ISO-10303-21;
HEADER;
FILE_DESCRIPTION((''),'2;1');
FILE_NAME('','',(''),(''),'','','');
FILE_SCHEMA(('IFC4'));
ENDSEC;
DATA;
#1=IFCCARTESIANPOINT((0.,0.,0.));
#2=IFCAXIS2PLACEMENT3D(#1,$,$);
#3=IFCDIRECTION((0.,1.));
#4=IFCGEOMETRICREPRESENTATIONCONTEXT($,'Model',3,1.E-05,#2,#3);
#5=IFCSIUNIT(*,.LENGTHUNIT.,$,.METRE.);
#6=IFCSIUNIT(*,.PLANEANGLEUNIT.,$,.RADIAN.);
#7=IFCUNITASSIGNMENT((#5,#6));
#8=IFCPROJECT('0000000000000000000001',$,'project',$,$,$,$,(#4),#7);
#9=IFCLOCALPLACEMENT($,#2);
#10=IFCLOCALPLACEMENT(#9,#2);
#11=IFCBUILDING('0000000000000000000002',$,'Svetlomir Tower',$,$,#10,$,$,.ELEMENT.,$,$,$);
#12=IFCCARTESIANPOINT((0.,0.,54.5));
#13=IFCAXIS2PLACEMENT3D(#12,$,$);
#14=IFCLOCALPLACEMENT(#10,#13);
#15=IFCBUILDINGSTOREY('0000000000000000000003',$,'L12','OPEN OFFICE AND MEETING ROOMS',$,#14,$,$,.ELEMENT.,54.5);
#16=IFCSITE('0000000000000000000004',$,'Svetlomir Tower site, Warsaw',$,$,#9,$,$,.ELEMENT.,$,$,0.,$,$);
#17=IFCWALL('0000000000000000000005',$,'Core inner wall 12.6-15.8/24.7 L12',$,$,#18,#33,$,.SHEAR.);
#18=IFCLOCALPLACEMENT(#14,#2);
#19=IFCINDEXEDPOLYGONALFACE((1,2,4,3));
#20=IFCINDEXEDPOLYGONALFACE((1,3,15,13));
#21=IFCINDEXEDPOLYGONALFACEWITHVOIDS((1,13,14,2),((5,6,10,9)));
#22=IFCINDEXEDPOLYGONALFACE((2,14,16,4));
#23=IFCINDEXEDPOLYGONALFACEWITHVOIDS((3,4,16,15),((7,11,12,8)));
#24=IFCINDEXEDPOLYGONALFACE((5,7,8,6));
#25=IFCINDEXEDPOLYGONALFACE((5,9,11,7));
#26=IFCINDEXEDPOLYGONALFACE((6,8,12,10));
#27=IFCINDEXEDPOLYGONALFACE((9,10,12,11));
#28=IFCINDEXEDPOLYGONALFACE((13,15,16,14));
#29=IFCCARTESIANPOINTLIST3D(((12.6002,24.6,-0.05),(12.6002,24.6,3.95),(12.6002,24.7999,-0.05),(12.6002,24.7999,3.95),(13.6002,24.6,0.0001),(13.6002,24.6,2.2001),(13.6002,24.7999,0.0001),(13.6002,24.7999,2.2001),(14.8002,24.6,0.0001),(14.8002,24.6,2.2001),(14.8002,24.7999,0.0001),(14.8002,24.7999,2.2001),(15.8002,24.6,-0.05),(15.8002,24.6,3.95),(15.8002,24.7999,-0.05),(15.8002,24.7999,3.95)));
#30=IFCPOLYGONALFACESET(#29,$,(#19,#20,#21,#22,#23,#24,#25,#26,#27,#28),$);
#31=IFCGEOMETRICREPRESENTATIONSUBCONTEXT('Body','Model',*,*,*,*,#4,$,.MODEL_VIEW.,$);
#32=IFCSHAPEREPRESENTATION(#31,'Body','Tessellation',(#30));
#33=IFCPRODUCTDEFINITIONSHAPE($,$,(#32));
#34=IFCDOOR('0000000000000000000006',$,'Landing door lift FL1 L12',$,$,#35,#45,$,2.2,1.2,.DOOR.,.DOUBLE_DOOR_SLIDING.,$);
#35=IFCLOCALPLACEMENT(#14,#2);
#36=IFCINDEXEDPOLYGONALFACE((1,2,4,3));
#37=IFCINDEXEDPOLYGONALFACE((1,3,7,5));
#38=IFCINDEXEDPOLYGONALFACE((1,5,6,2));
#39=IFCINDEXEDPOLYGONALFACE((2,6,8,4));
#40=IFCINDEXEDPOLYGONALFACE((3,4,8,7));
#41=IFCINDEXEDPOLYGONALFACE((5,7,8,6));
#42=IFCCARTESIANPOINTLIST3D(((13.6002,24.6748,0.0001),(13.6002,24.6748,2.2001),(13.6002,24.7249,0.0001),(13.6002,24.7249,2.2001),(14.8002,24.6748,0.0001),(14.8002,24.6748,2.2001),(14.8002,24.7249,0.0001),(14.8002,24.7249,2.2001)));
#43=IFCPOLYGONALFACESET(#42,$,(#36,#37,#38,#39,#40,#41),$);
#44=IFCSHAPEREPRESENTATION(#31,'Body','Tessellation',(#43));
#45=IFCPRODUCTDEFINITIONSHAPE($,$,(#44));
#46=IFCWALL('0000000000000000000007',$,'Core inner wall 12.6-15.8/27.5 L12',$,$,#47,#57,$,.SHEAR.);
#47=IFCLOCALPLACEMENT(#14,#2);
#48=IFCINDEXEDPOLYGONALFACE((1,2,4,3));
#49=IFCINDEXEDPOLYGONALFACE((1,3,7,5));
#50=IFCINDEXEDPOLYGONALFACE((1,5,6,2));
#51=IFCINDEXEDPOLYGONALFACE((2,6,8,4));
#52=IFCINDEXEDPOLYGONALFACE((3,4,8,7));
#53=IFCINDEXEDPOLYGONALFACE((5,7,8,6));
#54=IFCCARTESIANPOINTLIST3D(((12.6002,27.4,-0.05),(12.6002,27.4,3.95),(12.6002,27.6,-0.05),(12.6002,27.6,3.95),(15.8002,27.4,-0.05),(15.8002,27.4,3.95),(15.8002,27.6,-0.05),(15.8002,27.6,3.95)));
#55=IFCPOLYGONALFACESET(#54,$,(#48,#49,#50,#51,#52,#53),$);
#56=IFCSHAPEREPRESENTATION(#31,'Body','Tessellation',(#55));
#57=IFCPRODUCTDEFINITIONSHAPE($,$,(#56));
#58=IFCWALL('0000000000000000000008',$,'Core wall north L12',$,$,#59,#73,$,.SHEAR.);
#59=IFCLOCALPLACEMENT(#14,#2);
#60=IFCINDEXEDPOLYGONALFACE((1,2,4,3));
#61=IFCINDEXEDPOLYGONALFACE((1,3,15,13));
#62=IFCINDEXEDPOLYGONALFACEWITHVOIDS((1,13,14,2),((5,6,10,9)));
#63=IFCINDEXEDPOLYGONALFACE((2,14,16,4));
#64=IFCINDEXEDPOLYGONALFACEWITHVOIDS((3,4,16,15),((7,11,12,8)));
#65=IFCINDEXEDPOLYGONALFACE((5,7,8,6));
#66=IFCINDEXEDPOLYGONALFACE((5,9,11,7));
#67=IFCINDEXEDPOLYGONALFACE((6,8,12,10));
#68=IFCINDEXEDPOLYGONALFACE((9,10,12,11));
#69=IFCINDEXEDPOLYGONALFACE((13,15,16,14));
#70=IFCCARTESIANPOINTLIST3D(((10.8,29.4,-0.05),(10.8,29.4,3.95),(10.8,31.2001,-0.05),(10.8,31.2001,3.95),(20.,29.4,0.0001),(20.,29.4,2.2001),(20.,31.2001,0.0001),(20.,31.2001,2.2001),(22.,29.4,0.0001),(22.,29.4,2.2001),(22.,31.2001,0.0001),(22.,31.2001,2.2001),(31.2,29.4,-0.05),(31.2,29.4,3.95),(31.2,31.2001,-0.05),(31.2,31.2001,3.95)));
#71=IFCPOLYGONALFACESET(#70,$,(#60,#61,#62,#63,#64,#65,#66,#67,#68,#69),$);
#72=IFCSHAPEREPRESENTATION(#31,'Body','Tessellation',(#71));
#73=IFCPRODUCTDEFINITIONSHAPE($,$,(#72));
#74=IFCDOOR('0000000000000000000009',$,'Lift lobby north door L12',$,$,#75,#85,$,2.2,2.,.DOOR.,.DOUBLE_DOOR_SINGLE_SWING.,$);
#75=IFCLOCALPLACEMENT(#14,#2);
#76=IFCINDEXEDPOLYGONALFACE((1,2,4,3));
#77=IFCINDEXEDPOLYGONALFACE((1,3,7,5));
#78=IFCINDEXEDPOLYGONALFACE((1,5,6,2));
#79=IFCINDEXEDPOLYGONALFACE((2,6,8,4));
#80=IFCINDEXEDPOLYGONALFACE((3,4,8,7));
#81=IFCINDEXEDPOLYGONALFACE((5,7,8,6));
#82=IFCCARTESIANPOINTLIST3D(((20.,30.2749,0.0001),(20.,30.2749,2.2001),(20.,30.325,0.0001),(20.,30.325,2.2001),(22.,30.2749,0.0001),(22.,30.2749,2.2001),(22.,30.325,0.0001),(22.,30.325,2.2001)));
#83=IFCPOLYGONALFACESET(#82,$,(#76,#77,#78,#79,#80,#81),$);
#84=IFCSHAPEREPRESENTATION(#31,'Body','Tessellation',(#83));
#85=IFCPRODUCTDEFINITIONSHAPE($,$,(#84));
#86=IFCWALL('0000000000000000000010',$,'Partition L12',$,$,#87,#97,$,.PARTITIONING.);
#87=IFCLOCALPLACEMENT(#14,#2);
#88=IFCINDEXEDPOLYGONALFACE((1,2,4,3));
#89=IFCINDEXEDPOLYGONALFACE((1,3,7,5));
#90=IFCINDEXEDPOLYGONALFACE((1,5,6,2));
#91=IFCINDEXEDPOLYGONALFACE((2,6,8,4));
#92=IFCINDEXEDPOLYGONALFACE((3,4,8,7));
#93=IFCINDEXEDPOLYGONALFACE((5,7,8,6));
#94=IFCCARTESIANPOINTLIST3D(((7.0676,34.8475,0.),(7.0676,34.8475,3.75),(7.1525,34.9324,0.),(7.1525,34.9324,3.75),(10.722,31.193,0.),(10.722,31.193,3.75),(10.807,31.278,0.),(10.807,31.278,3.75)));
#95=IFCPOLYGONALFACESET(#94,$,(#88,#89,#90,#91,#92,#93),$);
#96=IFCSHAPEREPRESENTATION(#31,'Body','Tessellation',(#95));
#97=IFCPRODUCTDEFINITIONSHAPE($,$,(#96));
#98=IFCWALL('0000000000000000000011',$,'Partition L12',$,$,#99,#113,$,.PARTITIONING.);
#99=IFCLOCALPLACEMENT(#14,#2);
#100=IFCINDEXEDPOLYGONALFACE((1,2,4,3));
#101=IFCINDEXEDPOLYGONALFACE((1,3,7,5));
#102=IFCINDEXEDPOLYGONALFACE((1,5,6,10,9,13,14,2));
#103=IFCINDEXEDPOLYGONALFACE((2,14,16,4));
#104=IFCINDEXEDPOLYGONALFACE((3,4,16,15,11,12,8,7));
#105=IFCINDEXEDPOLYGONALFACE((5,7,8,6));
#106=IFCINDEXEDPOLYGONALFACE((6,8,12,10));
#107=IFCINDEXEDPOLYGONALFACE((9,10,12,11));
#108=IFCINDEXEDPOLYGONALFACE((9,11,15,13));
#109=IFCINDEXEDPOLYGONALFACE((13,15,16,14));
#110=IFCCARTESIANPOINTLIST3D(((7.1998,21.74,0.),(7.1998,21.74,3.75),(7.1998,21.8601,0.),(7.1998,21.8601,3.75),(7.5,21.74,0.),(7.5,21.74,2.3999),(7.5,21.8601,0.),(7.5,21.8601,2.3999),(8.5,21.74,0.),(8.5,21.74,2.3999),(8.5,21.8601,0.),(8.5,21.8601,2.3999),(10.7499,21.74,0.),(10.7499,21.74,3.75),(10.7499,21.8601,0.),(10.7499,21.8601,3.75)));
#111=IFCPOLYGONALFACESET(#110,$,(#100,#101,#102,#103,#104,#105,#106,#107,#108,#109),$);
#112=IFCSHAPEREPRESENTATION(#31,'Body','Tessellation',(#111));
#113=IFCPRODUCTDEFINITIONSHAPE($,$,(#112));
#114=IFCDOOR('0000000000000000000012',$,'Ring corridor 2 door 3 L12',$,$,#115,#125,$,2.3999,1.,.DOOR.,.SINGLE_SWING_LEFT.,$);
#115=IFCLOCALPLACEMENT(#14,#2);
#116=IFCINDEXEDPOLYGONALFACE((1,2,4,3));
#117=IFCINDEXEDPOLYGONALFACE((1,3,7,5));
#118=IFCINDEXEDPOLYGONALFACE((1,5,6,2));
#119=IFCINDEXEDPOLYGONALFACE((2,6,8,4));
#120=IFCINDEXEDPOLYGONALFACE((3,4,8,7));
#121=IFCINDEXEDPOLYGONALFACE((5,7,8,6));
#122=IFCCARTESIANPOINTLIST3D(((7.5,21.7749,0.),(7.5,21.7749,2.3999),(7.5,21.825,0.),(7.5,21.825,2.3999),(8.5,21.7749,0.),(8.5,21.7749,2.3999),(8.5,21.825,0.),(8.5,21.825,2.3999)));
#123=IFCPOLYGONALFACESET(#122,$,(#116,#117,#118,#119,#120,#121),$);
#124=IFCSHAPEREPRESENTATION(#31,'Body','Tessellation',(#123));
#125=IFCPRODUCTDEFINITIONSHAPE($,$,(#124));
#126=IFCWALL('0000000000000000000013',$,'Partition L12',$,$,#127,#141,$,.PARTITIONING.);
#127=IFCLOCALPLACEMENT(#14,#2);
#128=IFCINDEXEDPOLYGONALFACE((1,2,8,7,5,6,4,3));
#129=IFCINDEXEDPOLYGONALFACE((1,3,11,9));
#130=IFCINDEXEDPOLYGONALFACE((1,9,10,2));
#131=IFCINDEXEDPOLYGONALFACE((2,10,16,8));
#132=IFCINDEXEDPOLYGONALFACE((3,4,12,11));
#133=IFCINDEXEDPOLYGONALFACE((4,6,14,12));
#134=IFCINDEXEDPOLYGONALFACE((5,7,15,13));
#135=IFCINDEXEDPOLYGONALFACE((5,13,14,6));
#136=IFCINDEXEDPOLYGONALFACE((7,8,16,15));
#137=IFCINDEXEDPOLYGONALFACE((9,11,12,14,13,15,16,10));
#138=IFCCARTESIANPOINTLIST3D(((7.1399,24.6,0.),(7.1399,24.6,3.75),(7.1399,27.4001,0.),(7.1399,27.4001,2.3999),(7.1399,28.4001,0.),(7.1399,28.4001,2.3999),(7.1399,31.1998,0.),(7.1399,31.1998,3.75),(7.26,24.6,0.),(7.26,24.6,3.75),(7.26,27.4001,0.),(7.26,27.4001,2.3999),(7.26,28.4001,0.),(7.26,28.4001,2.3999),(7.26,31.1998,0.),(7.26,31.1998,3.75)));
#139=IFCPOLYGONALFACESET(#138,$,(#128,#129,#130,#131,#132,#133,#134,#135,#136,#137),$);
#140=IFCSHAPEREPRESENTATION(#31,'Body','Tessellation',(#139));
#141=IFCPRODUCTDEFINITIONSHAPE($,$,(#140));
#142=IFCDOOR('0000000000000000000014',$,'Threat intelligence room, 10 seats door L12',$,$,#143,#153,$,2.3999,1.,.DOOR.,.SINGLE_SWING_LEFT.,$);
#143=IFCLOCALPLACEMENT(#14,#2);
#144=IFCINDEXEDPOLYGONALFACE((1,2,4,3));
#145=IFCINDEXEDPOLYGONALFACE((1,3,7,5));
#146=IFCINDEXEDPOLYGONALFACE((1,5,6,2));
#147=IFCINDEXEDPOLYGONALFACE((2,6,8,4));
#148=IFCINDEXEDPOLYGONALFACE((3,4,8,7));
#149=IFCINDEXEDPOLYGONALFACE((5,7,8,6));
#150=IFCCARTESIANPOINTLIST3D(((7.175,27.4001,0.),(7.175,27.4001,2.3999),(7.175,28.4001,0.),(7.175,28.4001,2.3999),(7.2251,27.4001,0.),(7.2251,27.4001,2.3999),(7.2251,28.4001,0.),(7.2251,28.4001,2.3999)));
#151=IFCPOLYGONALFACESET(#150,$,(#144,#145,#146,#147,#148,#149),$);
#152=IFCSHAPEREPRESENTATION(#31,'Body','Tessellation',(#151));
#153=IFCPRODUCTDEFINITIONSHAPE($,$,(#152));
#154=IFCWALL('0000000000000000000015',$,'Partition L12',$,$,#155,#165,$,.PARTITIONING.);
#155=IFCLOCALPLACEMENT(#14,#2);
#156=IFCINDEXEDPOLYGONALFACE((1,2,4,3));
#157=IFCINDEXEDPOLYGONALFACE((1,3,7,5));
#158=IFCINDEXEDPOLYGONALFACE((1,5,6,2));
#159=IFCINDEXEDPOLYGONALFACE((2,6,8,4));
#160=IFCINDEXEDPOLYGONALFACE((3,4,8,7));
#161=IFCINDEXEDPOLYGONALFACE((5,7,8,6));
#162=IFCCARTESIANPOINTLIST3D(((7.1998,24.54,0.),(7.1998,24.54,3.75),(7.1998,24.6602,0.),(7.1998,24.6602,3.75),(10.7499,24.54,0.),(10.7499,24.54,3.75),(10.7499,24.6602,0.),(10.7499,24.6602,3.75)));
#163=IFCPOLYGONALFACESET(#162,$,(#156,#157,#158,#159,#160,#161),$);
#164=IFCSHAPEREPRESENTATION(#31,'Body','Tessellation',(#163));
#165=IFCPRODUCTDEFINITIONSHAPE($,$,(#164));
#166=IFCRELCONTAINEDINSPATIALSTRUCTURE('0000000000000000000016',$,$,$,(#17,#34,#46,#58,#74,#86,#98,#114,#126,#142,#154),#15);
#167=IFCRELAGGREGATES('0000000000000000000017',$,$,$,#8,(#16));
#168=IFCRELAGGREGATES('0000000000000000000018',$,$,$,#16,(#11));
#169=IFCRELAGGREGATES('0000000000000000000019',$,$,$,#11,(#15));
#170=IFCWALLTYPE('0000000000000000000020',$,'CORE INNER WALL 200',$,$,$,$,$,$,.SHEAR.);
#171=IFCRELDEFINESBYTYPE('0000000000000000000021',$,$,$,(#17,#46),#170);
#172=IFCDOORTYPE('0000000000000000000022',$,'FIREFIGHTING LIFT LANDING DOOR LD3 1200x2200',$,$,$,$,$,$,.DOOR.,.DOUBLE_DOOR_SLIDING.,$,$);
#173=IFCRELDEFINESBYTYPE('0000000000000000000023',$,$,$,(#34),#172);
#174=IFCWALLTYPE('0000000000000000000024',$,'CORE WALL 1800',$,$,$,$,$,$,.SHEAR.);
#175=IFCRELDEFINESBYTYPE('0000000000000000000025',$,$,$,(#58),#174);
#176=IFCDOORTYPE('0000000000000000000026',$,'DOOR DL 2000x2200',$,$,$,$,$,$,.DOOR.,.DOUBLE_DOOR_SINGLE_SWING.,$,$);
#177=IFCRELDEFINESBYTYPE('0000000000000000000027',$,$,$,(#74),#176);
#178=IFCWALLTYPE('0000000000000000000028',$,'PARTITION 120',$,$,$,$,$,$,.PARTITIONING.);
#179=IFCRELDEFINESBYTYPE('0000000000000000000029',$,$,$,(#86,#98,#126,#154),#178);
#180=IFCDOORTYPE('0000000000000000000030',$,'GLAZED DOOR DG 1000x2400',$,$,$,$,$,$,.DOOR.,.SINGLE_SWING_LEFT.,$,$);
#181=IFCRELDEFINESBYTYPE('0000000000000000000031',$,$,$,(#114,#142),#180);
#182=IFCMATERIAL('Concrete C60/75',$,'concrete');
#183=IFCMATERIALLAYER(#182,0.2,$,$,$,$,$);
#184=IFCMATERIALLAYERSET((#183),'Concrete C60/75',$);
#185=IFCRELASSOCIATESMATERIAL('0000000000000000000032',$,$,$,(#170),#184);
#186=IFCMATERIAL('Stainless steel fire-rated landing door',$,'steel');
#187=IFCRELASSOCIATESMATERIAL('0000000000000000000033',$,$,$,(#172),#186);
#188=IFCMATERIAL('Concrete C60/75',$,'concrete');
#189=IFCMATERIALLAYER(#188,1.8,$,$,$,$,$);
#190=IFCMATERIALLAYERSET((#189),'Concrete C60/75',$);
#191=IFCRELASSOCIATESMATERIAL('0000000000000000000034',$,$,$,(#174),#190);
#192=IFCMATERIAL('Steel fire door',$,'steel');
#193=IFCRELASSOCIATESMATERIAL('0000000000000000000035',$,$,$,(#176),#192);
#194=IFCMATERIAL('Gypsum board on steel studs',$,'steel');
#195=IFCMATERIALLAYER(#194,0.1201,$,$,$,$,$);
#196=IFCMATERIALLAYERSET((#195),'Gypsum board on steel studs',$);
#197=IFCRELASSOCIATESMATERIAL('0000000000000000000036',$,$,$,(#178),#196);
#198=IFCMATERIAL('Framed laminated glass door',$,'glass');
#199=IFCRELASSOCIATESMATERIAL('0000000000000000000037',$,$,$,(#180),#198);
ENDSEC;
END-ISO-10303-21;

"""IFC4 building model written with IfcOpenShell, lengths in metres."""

from ifc_helpers import new_model, si_unit, direction, frame, frame_2d, origin, place, context, subcontext, project, spatial, rectangle, extrude, material, layer, layer_set, type_object, element, fill, save


model = new_model("IFC4")

# Units and contexts
model_context = context("Model", 3, precision=1e-05, world=origin(), true_north=direction((0.0, 1.0)))
body_context = subcontext(model_context, "Body", "Model", "MODEL_VIEW")
ifc_project = project(units=[si_unit("LENGTHUNIT", "METRE"), si_unit("PLANEANGLEUNIT", "RADIAN")], contexts=[model_context])

# Site, building, storey
site_placement = place(None, origin())
site = spatial("IfcSite", under=ifc_project, at=site_placement, Name="Svetlomir Tower site, Warsaw", CompositionType="ELEMENT", RefElevation=0.0)
building_placement = place(site_placement, origin())
building = spatial("IfcBuilding", under=site, at=building_placement, Name="Svetlomir Tower", CompositionType="ELEMENT")
storey_placement = place(building_placement, frame((0.0, 0.0, 54.5)))
storey = spatial("IfcBuildingStorey", under=building, at=storey_placement, Name="L12", Description="OPEN OFFICE AND MEETING ROOMS", CompositionType="ELEMENT", Elevation=54.5)

# Wall, opening, door
ifc_material_1 = material(Name="Concrete C60/75", Category="concrete")
ifc_layer_1 = layer(ifc_material_1, 0.2)
ifc_layer_set_1 = layer_set([ifc_layer_1], Name="Concrete C60/75")
wall_type_1 = type_object("IfcWallType", Name="CORE INNER WALL 200", PredefinedType="SHEAR", material=ifc_layer_set_1)
wall_1_placement = place(storey_placement, frame((12.6001, 24.7, -0.05), z_axis=(0.0, 0.0, 1.0), x_axis=(1.0, 0.0, 0.0)))
wall_1 = element("IfcWall", 1, at=wall_1_placement, inside=storey, type_object=wall_type_1, Name="Core inner wall 12.6-15.8/24.7 L12", PredefinedType="SHEAR", context=body_context, shape_type="SweptSolid", body=[
    extrude(rectangle(XDim=3.2, YDim=0.2, at=frame_2d((1.6001, 0.0))), origin(), (0.0, 0.0, 1.0), 4.0),
])
opening_1_placement = place(wall_1_placement, frame((1.0, 0.0, 0.05)))
opening_1 = element("IfcOpeningElement", 2, at=opening_1_placement, cuts=wall_1, PredefinedType="OPENING", context=body_context, shape_type="SweptSolid", body=[
    extrude(rectangle(XDim=1.2, YDim=2.2, at=frame_2d((0.6001, 1.1001))), frame((0.0, 0.1099, 0.0), z_axis=(0.0, -1.0, 0.0), x_axis=(1.0, 0.0, 0.0)), (0.0, 0.0, 1.0), 0.22),
])
ifc_material_2 = material(Name="Stainless steel fire-rated landing door", Category="steel")
door_type_1 = type_object("IfcDoorType", Name="FIREFIGHTING LIFT LANDING DOOR LD3 1200x2200", OperationType="DOUBLE_DOOR_SLIDING", PredefinedType="DOOR", material=ifc_material_2)
door_1_placement = place(opening_1_placement, origin())
door_1 = element("IfcDoor", 3, at=door_1_placement, inside=storey, type_object=door_type_1, Name="Landing door lift FL1 L12", OperationType="DOUBLE_DOOR_SLIDING", OverallHeight=2.2, OverallWidth=1.2, PredefinedType="DOOR", context=body_context, shape_type="SweptSolid", body=[
    extrude(rectangle(XDim=1.2, YDim=2.2, at=frame_2d((0.6001, 1.1001))), frame((0.0, 0.0249, 0.0), z_axis=(0.0, -1.0, 0.0), x_axis=(1.0, 0.0, 0.0)), (0.0, 0.0, 1.0), 0.05),
])
fill(opening_1, door_1)

# Wall
wall_2_placement = place(storey_placement, frame((12.6001, 27.5, -0.05), z_axis=(0.0, 0.0, 1.0), x_axis=(1.0, 0.0, 0.0)))
element("IfcWall", 4, at=wall_2_placement, inside=storey, type_object=wall_type_1, Name="Core inner wall 12.6-15.8/27.5 L12", PredefinedType="SHEAR", context=body_context, shape_type="SweptSolid", body=[
    extrude(rectangle(XDim=3.2, YDim=0.2, at=frame_2d((1.6001, 0.0))), origin(), (0.0, 0.0, 1.0), 4.0),
])

# Wall, opening, door
ifc_material_3 = material(Name="Concrete C60/75", Category="concrete")
ifc_layer_2 = layer(ifc_material_3, 1.8)
ifc_layer_set_2 = layer_set([ifc_layer_2], Name="Concrete C60/75")
wall_type_2 = type_object("IfcWallType", Name="CORE WALL 1800", PredefinedType="SHEAR", material=ifc_layer_set_2)
wall_3_placement = place(storey_placement, frame((10.8, 30.3, -0.05), z_axis=(0.0, 0.0, 1.0), x_axis=(1.0, 0.0, 0.0)))
wall_3 = element("IfcWall", 5, at=wall_3_placement, inside=storey, type_object=wall_type_2, Name="Core wall north L12", PredefinedType="SHEAR", context=body_context, shape_type="SweptSolid", body=[
    extrude(rectangle(XDim=20.3999, YDim=1.8, at=frame_2d((10.2, 0.0))), origin(), (0.0, 0.0, 1.0), 4.0),
])
opening_2_placement = place(wall_3_placement, frame((9.2, 0.0, 0.05)))
opening_2 = element("IfcOpeningElement", 6, at=opening_2_placement, cuts=wall_3, PredefinedType="OPENING", context=body_context, shape_type="SweptSolid", body=[
    extrude(rectangle(XDim=2.0, YDim=2.2, at=frame_2d((1.0, 1.1001))), frame((0.0, 0.9102, 0.0), z_axis=(0.0, -1.0, 0.0), x_axis=(1.0, 0.0, 0.0)), (0.0, 0.0, 1.0), 1.8201),
])
ifc_material_4 = material(Name="Steel fire door", Category="steel")
door_type_2 = type_object("IfcDoorType", Name="DOOR DL 2000x2200", OperationType="DOUBLE_DOOR_SINGLE_SWING", PredefinedType="DOOR", material=ifc_material_4)
door_2_placement = place(opening_2_placement, origin())
door_2 = element("IfcDoor", 7, at=door_2_placement, inside=storey, type_object=door_type_2, Name="Lift lobby north door L12", OperationType="DOUBLE_DOOR_SINGLE_SWING", OverallHeight=2.2, OverallWidth=2.0, PredefinedType="DOOR", context=body_context, shape_type="SweptSolid", body=[
    extrude(rectangle(XDim=2.0, YDim=2.2, at=frame_2d((1.0, 1.1001))), frame((0.0, 0.0249, 0.0), z_axis=(0.0, -1.0, 0.0), x_axis=(1.0, 0.0, 0.0)), (0.0, 0.0, 1.0), 0.05),
])
fill(opening_2, door_2)

# Wall
ifc_material_5 = material(Name="Gypsum board on steel studs", Category="steel")
ifc_layer_3 = layer(ifc_material_5, 0.1201)
ifc_layer_set_3 = layer_set([ifc_layer_3], Name="Gypsum board on steel studs")
wall_type_3 = type_object("IfcWallType", Name="PARTITION 120", PredefinedType="PARTITIONING", material=ifc_layer_set_3)
wall_4_placement = place(storey_placement, frame((7.1101, 34.8899, 0.0), z_axis=(0.0, 0.0, 1.0), x_axis=(0.707107, -0.707107, 0.0)))
element("IfcWall", 8, at=wall_4_placement, inside=storey, type_object=wall_type_3, Name="Partition L12", PredefinedType="PARTITIONING", context=body_context, shape_type="SweptSolid", body=[
    extrude(rectangle(XDim=5.1682, YDim=0.1201, at=frame_2d((2.584, 0.0))), origin(), (0.0, 0.0, 1.0), 3.75),
])

# Walls, openings, doors
wall_5_placement = place(storey_placement, frame((7.2, 21.8, 0.0), z_axis=(0.0, 0.0, 1.0), x_axis=(1.0, 0.0, 0.0)))
wall_5 = element("IfcWall", 9, at=wall_5_placement, inside=storey, type_object=wall_type_3, Name="Partition L12", PredefinedType="PARTITIONING", context=body_context, shape_type="SweptSolid", body=[
    extrude(rectangle(XDim=3.55, YDim=0.1201, at=frame_2d((1.7749, 0.0))), origin(), (0.0, 0.0, 1.0), 3.75),
])
opening_3_placement = place(wall_5_placement, frame((0.3, 0.0, 0.0)))
opening_3 = element("IfcOpeningElement", 10, at=opening_3_placement, cuts=wall_5, PredefinedType="OPENING", context=body_context, shape_type="SweptSolid", body=[
    extrude(rectangle(XDim=1.0, YDim=2.3999, at=frame_2d((0.5, 1.2))), frame((0.0, 0.0701, 0.0), z_axis=(0.0, -1.0, 0.0), x_axis=(1.0, 0.0, 0.0)), (0.0, 0.0, 1.0), 0.1401),
])
ifc_material_6 = material(Name="Framed laminated glass door", Category="glass")
door_type_3 = type_object("IfcDoorType", Name="GLAZED DOOR DG 1000x2400", OperationType="SINGLE_SWING_LEFT", PredefinedType="DOOR", material=ifc_material_6)
door_3_placement = place(opening_3_placement, origin())
door_3 = element("IfcDoor", 11, at=door_3_placement, inside=storey, type_object=door_type_3, Name="Ring corridor 2 door 3 L12", OperationType="SINGLE_SWING_LEFT", OverallHeight=2.3999, OverallWidth=1.0, PredefinedType="DOOR", context=body_context, shape_type="SweptSolid", body=[
    extrude(rectangle(XDim=1.0, YDim=2.3999, at=frame_2d((0.5, 1.2))), frame((0.0, 0.0249, 0.0), z_axis=(0.0, -1.0, 0.0), x_axis=(1.0, 0.0, 0.0)), (0.0, 0.0, 1.0), 0.05),
])
fill(opening_3, door_3)
wall_6_placement = place(storey_placement, frame((7.2, 24.6001, 0.0), z_axis=(0.0, 0.0, 1.0), x_axis=(0.0, 1.0, 0.0)))
wall_6 = element("IfcWall", 12, at=wall_6_placement, inside=storey, type_object=wall_type_3, Name="Partition L12", PredefinedType="PARTITIONING", context=body_context, shape_type="SweptSolid", body=[
    extrude(rectangle(XDim=6.5999, YDim=0.1201, at=frame_2d((3.2998, 0.0))), origin(), (0.0, 0.0, 1.0), 3.75),
])
opening_4_placement = place(wall_6_placement, frame((2.8, 0.0, 0.0)))
opening_4 = element("IfcOpeningElement", 13, at=opening_4_placement, cuts=wall_6, PredefinedType="OPENING", context=body_context, shape_type="SweptSolid", body=[
    extrude(rectangle(XDim=1.0, YDim=2.3999, at=frame_2d((0.5, 1.2))), frame((0.0, 0.0701, 0.0), z_axis=(0.0, -1.0, 0.0), x_axis=(1.0, 0.0, 0.0)), (0.0, 0.0, 1.0), 0.1401),
])
door_4_placement = place(opening_4_placement, origin())
door_4 = element("IfcDoor", 14, at=door_4_placement, inside=storey, type_object=door_type_3, Name="Threat intelligence room, 10 seats door L12", OperationType="SINGLE_SWING_LEFT", OverallHeight=2.3999, OverallWidth=1.0, PredefinedType="DOOR", context=body_context, shape_type="SweptSolid", body=[
    extrude(rectangle(XDim=1.0, YDim=2.3999, at=frame_2d((0.5, 1.2))), frame((0.0, 0.0249, 0.0), z_axis=(0.0, -1.0, 0.0), x_axis=(1.0, 0.0, 0.0)), (0.0, 0.0, 1.0), 0.05),
])
fill(opening_4, door_4)

# Wall
for number, where, z_axis, x_axis, name in (
    (15, (7.2, 24.6001, 0.0), (0.0, 0.0, 1.0), (1.0, 0.0, 0.0), "Partition L12"),
):
    element("IfcWall", number, at=place(storey_placement, frame(where, z_axis=z_axis, x_axis=x_axis)), inside=storey, type_object=wall_type_3, Name=name, PredefinedType="PARTITIONING", context=body_context, shape_type="SweptSolid", body=[
        extrude(rectangle(XDim=3.55, YDim=0.1201, at=frame_2d((1.7749, 0.0))), origin(), (0.0, 0.0, 1.0), 3.75),
    ])

save(model, "model.ifc")
